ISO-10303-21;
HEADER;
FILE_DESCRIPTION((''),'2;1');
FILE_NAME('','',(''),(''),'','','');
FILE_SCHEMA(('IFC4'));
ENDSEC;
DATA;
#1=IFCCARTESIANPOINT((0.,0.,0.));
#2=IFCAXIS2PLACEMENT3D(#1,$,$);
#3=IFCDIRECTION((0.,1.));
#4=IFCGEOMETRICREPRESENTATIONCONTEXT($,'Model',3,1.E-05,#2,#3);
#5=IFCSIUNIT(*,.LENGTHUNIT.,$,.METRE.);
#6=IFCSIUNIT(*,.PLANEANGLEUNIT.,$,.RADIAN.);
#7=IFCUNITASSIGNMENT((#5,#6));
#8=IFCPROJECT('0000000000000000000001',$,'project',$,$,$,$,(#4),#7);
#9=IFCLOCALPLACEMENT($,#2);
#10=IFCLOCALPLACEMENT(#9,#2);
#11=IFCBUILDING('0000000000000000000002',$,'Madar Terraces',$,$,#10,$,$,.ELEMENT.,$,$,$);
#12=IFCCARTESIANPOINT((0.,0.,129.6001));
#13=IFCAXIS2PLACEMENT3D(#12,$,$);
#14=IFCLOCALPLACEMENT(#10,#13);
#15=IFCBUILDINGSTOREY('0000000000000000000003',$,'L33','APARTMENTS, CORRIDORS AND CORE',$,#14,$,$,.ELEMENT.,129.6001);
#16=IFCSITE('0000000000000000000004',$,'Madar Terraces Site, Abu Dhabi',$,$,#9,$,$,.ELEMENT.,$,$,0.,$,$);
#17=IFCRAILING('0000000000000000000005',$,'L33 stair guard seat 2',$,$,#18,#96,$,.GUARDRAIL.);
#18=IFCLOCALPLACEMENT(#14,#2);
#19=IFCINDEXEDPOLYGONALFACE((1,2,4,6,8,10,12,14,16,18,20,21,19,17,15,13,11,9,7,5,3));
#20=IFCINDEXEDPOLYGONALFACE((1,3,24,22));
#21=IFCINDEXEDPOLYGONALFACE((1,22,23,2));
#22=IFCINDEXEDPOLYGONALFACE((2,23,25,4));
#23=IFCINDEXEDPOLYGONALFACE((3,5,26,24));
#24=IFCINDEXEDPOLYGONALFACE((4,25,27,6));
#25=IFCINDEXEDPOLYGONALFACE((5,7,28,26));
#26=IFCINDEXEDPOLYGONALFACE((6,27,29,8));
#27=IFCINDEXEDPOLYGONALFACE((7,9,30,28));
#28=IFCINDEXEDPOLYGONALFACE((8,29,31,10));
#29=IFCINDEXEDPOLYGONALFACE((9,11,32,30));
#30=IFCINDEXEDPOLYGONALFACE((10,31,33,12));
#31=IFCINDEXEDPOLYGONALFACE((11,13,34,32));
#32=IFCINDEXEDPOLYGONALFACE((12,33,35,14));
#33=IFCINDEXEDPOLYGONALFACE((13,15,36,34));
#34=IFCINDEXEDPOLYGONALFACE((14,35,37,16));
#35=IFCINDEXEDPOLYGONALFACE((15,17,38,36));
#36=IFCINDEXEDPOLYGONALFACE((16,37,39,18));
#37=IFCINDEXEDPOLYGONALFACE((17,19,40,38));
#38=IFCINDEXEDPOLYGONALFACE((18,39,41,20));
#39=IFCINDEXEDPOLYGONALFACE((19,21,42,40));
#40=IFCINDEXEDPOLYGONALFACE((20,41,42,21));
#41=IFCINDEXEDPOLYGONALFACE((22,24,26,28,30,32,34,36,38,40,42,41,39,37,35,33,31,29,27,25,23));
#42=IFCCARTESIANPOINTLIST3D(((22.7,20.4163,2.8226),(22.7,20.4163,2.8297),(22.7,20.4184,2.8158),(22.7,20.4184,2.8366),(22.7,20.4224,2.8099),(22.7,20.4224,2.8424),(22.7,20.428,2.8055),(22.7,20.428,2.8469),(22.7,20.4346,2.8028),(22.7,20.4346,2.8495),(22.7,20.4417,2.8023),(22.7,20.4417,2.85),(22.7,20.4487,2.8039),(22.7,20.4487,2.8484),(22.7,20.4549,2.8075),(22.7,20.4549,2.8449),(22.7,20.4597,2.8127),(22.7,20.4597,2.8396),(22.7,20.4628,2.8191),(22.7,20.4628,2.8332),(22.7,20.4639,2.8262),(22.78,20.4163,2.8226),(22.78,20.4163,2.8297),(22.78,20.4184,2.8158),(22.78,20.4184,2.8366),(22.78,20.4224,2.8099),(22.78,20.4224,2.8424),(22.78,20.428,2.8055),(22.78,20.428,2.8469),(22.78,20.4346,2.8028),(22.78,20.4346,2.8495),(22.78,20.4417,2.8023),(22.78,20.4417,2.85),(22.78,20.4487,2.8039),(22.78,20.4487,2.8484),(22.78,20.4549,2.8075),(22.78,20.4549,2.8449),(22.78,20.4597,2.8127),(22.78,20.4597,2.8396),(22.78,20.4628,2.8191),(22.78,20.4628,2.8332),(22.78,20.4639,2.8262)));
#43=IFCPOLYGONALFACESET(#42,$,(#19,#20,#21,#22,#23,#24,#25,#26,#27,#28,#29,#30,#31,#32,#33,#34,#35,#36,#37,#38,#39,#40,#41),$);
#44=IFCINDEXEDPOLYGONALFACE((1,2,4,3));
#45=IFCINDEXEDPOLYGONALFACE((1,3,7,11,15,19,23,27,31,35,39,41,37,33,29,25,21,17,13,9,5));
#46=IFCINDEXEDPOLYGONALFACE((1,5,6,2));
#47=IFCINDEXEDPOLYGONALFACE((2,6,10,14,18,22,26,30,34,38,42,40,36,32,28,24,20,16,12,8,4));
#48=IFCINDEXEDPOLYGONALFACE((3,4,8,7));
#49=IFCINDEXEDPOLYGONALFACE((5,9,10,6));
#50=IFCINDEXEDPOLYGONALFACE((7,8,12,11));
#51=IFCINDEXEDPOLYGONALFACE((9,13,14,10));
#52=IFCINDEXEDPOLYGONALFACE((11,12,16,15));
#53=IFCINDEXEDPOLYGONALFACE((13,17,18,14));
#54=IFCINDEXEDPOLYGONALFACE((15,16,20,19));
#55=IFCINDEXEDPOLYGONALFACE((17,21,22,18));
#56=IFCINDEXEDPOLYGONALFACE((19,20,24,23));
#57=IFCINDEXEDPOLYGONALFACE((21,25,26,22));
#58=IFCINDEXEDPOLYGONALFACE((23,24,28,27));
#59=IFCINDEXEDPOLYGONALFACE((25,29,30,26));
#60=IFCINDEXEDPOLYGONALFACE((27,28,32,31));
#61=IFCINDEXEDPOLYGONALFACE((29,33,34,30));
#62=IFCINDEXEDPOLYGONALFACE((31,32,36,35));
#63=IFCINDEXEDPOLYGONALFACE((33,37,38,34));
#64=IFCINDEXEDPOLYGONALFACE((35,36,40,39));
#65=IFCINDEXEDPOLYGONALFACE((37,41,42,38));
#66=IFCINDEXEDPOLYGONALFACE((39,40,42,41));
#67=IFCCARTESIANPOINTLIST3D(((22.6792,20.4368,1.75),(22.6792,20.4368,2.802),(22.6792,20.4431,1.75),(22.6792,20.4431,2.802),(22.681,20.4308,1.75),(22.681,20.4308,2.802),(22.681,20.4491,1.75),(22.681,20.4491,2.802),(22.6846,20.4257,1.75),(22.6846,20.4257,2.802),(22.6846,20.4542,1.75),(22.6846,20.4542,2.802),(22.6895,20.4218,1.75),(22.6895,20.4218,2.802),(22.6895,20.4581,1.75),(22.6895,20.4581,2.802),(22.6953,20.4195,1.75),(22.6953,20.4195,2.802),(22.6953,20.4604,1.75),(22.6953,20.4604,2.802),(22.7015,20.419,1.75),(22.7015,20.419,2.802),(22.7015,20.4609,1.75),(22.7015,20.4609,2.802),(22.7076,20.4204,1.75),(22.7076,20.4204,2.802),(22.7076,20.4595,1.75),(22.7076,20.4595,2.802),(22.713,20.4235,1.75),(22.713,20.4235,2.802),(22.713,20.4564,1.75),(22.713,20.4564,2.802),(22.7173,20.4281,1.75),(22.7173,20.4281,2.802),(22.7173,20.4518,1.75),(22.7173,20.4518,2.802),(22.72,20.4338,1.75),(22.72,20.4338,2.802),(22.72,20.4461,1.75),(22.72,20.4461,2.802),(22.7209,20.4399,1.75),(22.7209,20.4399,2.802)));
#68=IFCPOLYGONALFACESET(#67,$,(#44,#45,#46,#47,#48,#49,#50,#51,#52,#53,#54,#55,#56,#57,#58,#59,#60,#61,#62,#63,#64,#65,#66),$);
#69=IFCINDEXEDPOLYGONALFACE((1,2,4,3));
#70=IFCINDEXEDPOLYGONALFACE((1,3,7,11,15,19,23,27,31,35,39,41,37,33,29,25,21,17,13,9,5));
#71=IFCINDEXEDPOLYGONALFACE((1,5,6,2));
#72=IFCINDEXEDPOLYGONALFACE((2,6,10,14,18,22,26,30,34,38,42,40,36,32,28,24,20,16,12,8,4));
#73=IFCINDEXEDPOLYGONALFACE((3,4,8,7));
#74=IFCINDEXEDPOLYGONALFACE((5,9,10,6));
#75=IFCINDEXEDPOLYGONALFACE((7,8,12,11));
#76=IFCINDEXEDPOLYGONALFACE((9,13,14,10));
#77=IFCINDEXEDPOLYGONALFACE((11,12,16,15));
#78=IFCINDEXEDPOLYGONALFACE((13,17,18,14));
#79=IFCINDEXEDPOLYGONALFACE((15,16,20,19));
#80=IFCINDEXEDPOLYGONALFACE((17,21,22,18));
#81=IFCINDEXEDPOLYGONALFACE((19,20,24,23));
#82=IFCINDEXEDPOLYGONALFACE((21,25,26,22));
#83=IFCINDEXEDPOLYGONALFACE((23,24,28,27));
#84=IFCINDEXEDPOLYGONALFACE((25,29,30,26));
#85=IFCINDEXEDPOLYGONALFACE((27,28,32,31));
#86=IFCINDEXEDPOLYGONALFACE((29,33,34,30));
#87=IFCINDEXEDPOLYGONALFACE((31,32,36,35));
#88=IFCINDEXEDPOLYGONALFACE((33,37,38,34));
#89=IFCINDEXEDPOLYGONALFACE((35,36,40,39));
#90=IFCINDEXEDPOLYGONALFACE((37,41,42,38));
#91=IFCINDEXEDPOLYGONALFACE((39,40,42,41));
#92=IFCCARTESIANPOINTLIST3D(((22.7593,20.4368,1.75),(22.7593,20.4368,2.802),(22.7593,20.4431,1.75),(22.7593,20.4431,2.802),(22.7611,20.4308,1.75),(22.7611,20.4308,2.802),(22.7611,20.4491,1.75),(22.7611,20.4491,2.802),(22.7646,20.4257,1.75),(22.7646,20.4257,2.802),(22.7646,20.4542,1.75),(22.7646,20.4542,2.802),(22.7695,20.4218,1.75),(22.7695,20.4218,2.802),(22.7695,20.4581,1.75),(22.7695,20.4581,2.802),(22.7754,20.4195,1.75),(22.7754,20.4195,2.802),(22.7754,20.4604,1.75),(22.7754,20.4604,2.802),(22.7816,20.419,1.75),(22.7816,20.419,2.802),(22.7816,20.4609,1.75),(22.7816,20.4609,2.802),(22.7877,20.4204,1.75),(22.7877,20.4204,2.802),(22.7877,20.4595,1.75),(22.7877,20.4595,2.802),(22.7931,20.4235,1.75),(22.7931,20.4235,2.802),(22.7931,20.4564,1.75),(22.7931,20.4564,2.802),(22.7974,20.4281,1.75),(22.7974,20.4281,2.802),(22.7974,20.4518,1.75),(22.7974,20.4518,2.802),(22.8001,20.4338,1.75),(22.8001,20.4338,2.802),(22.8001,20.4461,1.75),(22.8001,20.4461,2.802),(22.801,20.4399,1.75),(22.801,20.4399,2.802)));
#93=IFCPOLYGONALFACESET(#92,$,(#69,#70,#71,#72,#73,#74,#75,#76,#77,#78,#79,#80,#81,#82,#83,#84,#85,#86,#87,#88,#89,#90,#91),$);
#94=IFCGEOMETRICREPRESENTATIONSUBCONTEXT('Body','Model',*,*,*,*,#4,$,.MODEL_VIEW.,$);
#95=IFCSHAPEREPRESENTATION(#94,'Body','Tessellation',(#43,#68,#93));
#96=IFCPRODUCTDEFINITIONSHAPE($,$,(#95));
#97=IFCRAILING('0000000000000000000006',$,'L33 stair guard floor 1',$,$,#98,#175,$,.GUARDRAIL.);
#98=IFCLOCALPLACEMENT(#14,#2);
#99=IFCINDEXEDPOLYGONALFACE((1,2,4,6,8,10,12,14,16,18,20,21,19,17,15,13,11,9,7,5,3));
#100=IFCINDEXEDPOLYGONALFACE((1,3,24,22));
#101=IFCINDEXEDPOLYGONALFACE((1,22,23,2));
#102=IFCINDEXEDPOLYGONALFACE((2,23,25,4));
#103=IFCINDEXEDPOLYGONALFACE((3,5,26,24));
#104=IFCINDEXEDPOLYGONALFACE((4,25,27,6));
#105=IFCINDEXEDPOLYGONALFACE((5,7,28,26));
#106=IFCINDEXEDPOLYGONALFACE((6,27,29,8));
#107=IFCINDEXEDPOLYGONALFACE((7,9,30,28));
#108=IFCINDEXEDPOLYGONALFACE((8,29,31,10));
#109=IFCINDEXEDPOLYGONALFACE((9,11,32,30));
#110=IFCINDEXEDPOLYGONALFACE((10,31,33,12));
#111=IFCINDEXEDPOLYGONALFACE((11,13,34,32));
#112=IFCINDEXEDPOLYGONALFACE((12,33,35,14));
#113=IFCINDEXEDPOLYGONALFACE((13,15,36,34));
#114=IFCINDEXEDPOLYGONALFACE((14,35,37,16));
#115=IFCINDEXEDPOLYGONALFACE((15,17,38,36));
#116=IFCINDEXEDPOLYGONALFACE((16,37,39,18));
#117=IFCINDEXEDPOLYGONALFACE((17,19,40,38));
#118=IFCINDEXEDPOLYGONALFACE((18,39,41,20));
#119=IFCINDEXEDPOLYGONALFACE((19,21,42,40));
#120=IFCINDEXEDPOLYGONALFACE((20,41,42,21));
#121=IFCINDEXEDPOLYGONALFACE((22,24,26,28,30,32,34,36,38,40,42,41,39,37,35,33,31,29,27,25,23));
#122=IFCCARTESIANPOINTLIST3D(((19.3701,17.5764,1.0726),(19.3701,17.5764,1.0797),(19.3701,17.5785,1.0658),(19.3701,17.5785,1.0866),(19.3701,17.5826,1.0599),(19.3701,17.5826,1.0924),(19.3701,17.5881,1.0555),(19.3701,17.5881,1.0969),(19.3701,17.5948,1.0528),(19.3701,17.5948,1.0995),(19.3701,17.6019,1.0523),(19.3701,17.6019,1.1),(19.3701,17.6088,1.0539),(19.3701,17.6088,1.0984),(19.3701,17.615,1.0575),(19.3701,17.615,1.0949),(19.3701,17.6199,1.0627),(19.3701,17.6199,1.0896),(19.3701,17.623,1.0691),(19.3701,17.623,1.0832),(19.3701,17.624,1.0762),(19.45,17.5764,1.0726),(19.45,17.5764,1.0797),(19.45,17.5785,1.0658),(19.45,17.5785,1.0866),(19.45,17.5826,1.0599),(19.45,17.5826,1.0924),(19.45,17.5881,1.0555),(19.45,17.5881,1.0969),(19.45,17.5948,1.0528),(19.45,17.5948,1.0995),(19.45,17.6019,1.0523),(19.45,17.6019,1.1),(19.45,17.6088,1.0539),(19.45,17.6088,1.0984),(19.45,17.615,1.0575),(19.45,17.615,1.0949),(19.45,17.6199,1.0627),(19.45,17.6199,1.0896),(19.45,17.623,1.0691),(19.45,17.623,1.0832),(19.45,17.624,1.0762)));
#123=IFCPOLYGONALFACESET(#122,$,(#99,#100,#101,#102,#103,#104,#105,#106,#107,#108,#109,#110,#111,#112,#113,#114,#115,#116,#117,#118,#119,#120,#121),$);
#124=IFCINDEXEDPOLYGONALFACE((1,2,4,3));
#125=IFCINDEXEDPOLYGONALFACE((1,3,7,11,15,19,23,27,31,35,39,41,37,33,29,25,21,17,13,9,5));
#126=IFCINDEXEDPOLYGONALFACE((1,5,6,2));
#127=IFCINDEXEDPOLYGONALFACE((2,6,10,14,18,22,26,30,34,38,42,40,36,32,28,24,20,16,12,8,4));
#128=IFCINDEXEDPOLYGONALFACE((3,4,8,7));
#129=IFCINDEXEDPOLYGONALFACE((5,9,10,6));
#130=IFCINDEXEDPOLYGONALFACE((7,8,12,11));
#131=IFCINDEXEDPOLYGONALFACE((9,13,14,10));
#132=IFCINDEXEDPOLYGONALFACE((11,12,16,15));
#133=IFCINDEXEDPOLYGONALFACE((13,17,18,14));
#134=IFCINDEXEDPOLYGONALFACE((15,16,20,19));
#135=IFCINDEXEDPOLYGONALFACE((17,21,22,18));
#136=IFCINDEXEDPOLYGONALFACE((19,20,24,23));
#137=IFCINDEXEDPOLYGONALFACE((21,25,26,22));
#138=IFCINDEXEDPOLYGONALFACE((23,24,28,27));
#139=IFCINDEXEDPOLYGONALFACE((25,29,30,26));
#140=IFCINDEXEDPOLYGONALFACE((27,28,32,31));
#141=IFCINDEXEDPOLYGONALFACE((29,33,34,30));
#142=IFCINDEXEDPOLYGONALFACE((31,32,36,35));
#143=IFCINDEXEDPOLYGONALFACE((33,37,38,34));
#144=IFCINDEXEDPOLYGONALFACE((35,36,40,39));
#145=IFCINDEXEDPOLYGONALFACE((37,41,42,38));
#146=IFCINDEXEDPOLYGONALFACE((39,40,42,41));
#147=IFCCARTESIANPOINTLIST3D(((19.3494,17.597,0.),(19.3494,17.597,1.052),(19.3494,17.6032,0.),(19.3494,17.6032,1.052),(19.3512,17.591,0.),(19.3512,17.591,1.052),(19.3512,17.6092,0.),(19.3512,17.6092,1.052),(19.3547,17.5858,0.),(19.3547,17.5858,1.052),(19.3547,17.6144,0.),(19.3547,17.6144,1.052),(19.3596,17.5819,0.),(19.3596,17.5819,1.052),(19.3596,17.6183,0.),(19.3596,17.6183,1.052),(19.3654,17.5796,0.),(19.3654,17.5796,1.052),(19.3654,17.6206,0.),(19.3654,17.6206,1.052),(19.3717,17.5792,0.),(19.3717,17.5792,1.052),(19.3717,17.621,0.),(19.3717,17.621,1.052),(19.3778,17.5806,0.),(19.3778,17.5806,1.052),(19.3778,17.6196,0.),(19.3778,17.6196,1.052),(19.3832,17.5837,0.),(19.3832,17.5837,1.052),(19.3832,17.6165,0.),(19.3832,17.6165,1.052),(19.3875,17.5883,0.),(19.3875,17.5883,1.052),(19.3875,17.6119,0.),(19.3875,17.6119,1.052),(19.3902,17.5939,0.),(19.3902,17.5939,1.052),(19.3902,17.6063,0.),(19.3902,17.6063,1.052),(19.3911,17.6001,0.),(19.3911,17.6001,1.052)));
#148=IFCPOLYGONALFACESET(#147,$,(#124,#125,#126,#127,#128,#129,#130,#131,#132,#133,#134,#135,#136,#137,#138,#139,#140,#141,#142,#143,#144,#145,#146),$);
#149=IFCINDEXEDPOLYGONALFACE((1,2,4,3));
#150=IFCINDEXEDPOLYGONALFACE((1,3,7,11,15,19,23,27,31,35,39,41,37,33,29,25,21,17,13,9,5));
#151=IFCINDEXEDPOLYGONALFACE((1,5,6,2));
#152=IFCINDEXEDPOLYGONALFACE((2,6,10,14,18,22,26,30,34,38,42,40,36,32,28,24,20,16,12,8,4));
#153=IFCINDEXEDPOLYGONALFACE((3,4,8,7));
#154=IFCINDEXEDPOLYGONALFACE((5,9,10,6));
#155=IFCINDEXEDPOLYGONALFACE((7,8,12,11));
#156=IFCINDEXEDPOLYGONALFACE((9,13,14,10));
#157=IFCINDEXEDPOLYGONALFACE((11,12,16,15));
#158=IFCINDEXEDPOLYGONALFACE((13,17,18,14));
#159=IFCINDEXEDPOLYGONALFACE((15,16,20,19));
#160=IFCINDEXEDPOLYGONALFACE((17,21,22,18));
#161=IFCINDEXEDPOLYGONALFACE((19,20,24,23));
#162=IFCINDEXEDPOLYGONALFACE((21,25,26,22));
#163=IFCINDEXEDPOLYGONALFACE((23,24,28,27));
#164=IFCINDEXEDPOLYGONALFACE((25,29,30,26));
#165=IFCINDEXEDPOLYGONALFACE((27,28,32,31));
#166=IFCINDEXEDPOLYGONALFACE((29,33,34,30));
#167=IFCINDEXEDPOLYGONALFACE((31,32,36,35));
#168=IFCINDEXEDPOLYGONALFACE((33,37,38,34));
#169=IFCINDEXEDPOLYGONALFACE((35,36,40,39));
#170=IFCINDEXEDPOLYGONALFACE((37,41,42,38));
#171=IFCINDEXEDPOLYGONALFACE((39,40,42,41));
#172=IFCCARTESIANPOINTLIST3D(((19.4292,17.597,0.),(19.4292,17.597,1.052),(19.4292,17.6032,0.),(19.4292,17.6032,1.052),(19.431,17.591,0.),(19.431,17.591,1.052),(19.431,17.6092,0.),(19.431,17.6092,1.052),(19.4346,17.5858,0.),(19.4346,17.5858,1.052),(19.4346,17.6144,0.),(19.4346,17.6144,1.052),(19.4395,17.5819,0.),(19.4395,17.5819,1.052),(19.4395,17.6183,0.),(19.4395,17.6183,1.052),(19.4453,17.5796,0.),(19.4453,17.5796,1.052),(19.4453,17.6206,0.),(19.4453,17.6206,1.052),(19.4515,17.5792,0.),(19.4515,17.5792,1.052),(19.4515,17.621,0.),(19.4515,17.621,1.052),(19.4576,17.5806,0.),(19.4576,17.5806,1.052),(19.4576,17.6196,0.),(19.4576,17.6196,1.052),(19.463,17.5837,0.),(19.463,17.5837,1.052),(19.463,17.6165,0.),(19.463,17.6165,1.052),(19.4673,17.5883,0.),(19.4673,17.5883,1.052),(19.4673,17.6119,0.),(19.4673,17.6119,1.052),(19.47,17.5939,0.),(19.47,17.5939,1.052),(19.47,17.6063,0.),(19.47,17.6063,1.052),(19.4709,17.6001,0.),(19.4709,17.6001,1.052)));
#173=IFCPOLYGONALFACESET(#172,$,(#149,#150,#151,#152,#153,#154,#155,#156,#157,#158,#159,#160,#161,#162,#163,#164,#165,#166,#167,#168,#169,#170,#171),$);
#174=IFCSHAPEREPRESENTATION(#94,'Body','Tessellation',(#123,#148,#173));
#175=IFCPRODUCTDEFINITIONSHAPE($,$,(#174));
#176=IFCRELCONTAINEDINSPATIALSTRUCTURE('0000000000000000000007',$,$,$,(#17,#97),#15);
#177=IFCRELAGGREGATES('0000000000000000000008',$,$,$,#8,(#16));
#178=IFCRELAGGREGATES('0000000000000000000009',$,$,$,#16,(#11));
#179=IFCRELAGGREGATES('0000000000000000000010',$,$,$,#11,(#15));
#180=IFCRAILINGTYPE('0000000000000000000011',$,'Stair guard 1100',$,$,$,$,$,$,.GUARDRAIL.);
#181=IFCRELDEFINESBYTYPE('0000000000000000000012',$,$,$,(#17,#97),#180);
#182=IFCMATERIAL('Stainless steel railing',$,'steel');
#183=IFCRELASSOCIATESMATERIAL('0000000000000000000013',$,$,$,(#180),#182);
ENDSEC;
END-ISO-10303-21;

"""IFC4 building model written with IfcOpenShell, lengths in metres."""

from ifc_helpers import new_model, si_unit, direction, frame, origin, origin_2d, place, context, subcontext, project, spatial, circle, extrude, material, type_object, element, save


model = new_model("IFC4")

# Units and contexts
model_context = context("Model", 3, precision=1e-05, world=origin(), true_north=direction((0.0, 1.0)))
body_context = subcontext(model_context, "Body", "Model", "MODEL_VIEW")
ifc_project = project(units=[si_unit("LENGTHUNIT", "METRE"), si_unit("PLANEANGLEUNIT", "RADIAN")], contexts=[model_context])

# Site, building, storey
site_placement = place(None, origin())
site = spatial("IfcSite", under=ifc_project, at=site_placement, Name="Madar Terraces Site, Abu Dhabi", CompositionType="ELEMENT", RefElevation=0.0)
building_placement = place(site_placement, origin())
building = spatial("IfcBuilding", under=site, at=building_placement, Name="Madar Terraces", CompositionType="ELEMENT")
storey_placement = place(building_placement, frame((0.0, 0.0, 129.6001)))
storey = spatial("IfcBuildingStorey", under=building, at=storey_placement, Name="L33", Description="APARTMENTS, CORRIDORS AND CORE", CompositionType="ELEMENT", Elevation=129.6001)

# Railings
ifc_material_1 = material(Name="Stainless steel railing", Category="steel")
railing_type_1 = type_object("IfcRailingType", Name="Stair guard 1100", PredefinedType="GUARDRAIL", material=ifc_material_1)
railing_1_placement = place(storey_placement, frame((22.7, 20.4399, 1.75)))
element("IfcRailing", 1, at=railing_1_placement, inside=storey, type_object=railing_type_1, Name="L33 stair guard seat 2", PredefinedType="GUARDRAIL", context=body_context, shape_type="SweptSolid", body=[
    extrude(circle(Radius=0.0239, at=origin_2d()), frame((0.0, 0.0, 1.0762), z_axis=(1.0, 0.0, 0.0), x_axis=(0.0, 1.0, 0.0)), (0.0, 0.0, 1.0), 0.0801),
    extrude(circle(Radius=0.021, at=origin_2d()), origin(), (0.0, 0.0, 1.0), 1.052),
    extrude(circle(Radius=0.021, at=origin_2d()), frame((0.0801, 0.0, 0.0)), (0.0, 0.0, 1.0), 1.052),
])
railing_2_placement = place(storey_placement, frame((19.3701, 17.6001, 0.0)))
element("IfcRailing", 2, at=railing_2_placement, inside=storey, type_object=railing_type_1, Name="L33 stair guard floor 1", PredefinedType="GUARDRAIL", context=body_context, shape_type="SweptSolid", body=[
    extrude(circle(Radius=0.0239, at=origin_2d()), frame((0.0, 0.0, 1.0762), z_axis=(1.0, 0.0, 0.0), x_axis=(0.0, 1.0, 0.0)), (0.0, 0.0, 1.0), 0.0798),
    extrude(circle(Radius=0.021, at=origin_2d()), origin(), (0.0, 0.0, 1.0), 1.052),
    extrude(circle(Radius=0.021, at=origin_2d()), frame((0.0798, 0.0, 0.0)), (0.0, 0.0, 1.0), 1.052),
])

save(model, "model.ifc")
